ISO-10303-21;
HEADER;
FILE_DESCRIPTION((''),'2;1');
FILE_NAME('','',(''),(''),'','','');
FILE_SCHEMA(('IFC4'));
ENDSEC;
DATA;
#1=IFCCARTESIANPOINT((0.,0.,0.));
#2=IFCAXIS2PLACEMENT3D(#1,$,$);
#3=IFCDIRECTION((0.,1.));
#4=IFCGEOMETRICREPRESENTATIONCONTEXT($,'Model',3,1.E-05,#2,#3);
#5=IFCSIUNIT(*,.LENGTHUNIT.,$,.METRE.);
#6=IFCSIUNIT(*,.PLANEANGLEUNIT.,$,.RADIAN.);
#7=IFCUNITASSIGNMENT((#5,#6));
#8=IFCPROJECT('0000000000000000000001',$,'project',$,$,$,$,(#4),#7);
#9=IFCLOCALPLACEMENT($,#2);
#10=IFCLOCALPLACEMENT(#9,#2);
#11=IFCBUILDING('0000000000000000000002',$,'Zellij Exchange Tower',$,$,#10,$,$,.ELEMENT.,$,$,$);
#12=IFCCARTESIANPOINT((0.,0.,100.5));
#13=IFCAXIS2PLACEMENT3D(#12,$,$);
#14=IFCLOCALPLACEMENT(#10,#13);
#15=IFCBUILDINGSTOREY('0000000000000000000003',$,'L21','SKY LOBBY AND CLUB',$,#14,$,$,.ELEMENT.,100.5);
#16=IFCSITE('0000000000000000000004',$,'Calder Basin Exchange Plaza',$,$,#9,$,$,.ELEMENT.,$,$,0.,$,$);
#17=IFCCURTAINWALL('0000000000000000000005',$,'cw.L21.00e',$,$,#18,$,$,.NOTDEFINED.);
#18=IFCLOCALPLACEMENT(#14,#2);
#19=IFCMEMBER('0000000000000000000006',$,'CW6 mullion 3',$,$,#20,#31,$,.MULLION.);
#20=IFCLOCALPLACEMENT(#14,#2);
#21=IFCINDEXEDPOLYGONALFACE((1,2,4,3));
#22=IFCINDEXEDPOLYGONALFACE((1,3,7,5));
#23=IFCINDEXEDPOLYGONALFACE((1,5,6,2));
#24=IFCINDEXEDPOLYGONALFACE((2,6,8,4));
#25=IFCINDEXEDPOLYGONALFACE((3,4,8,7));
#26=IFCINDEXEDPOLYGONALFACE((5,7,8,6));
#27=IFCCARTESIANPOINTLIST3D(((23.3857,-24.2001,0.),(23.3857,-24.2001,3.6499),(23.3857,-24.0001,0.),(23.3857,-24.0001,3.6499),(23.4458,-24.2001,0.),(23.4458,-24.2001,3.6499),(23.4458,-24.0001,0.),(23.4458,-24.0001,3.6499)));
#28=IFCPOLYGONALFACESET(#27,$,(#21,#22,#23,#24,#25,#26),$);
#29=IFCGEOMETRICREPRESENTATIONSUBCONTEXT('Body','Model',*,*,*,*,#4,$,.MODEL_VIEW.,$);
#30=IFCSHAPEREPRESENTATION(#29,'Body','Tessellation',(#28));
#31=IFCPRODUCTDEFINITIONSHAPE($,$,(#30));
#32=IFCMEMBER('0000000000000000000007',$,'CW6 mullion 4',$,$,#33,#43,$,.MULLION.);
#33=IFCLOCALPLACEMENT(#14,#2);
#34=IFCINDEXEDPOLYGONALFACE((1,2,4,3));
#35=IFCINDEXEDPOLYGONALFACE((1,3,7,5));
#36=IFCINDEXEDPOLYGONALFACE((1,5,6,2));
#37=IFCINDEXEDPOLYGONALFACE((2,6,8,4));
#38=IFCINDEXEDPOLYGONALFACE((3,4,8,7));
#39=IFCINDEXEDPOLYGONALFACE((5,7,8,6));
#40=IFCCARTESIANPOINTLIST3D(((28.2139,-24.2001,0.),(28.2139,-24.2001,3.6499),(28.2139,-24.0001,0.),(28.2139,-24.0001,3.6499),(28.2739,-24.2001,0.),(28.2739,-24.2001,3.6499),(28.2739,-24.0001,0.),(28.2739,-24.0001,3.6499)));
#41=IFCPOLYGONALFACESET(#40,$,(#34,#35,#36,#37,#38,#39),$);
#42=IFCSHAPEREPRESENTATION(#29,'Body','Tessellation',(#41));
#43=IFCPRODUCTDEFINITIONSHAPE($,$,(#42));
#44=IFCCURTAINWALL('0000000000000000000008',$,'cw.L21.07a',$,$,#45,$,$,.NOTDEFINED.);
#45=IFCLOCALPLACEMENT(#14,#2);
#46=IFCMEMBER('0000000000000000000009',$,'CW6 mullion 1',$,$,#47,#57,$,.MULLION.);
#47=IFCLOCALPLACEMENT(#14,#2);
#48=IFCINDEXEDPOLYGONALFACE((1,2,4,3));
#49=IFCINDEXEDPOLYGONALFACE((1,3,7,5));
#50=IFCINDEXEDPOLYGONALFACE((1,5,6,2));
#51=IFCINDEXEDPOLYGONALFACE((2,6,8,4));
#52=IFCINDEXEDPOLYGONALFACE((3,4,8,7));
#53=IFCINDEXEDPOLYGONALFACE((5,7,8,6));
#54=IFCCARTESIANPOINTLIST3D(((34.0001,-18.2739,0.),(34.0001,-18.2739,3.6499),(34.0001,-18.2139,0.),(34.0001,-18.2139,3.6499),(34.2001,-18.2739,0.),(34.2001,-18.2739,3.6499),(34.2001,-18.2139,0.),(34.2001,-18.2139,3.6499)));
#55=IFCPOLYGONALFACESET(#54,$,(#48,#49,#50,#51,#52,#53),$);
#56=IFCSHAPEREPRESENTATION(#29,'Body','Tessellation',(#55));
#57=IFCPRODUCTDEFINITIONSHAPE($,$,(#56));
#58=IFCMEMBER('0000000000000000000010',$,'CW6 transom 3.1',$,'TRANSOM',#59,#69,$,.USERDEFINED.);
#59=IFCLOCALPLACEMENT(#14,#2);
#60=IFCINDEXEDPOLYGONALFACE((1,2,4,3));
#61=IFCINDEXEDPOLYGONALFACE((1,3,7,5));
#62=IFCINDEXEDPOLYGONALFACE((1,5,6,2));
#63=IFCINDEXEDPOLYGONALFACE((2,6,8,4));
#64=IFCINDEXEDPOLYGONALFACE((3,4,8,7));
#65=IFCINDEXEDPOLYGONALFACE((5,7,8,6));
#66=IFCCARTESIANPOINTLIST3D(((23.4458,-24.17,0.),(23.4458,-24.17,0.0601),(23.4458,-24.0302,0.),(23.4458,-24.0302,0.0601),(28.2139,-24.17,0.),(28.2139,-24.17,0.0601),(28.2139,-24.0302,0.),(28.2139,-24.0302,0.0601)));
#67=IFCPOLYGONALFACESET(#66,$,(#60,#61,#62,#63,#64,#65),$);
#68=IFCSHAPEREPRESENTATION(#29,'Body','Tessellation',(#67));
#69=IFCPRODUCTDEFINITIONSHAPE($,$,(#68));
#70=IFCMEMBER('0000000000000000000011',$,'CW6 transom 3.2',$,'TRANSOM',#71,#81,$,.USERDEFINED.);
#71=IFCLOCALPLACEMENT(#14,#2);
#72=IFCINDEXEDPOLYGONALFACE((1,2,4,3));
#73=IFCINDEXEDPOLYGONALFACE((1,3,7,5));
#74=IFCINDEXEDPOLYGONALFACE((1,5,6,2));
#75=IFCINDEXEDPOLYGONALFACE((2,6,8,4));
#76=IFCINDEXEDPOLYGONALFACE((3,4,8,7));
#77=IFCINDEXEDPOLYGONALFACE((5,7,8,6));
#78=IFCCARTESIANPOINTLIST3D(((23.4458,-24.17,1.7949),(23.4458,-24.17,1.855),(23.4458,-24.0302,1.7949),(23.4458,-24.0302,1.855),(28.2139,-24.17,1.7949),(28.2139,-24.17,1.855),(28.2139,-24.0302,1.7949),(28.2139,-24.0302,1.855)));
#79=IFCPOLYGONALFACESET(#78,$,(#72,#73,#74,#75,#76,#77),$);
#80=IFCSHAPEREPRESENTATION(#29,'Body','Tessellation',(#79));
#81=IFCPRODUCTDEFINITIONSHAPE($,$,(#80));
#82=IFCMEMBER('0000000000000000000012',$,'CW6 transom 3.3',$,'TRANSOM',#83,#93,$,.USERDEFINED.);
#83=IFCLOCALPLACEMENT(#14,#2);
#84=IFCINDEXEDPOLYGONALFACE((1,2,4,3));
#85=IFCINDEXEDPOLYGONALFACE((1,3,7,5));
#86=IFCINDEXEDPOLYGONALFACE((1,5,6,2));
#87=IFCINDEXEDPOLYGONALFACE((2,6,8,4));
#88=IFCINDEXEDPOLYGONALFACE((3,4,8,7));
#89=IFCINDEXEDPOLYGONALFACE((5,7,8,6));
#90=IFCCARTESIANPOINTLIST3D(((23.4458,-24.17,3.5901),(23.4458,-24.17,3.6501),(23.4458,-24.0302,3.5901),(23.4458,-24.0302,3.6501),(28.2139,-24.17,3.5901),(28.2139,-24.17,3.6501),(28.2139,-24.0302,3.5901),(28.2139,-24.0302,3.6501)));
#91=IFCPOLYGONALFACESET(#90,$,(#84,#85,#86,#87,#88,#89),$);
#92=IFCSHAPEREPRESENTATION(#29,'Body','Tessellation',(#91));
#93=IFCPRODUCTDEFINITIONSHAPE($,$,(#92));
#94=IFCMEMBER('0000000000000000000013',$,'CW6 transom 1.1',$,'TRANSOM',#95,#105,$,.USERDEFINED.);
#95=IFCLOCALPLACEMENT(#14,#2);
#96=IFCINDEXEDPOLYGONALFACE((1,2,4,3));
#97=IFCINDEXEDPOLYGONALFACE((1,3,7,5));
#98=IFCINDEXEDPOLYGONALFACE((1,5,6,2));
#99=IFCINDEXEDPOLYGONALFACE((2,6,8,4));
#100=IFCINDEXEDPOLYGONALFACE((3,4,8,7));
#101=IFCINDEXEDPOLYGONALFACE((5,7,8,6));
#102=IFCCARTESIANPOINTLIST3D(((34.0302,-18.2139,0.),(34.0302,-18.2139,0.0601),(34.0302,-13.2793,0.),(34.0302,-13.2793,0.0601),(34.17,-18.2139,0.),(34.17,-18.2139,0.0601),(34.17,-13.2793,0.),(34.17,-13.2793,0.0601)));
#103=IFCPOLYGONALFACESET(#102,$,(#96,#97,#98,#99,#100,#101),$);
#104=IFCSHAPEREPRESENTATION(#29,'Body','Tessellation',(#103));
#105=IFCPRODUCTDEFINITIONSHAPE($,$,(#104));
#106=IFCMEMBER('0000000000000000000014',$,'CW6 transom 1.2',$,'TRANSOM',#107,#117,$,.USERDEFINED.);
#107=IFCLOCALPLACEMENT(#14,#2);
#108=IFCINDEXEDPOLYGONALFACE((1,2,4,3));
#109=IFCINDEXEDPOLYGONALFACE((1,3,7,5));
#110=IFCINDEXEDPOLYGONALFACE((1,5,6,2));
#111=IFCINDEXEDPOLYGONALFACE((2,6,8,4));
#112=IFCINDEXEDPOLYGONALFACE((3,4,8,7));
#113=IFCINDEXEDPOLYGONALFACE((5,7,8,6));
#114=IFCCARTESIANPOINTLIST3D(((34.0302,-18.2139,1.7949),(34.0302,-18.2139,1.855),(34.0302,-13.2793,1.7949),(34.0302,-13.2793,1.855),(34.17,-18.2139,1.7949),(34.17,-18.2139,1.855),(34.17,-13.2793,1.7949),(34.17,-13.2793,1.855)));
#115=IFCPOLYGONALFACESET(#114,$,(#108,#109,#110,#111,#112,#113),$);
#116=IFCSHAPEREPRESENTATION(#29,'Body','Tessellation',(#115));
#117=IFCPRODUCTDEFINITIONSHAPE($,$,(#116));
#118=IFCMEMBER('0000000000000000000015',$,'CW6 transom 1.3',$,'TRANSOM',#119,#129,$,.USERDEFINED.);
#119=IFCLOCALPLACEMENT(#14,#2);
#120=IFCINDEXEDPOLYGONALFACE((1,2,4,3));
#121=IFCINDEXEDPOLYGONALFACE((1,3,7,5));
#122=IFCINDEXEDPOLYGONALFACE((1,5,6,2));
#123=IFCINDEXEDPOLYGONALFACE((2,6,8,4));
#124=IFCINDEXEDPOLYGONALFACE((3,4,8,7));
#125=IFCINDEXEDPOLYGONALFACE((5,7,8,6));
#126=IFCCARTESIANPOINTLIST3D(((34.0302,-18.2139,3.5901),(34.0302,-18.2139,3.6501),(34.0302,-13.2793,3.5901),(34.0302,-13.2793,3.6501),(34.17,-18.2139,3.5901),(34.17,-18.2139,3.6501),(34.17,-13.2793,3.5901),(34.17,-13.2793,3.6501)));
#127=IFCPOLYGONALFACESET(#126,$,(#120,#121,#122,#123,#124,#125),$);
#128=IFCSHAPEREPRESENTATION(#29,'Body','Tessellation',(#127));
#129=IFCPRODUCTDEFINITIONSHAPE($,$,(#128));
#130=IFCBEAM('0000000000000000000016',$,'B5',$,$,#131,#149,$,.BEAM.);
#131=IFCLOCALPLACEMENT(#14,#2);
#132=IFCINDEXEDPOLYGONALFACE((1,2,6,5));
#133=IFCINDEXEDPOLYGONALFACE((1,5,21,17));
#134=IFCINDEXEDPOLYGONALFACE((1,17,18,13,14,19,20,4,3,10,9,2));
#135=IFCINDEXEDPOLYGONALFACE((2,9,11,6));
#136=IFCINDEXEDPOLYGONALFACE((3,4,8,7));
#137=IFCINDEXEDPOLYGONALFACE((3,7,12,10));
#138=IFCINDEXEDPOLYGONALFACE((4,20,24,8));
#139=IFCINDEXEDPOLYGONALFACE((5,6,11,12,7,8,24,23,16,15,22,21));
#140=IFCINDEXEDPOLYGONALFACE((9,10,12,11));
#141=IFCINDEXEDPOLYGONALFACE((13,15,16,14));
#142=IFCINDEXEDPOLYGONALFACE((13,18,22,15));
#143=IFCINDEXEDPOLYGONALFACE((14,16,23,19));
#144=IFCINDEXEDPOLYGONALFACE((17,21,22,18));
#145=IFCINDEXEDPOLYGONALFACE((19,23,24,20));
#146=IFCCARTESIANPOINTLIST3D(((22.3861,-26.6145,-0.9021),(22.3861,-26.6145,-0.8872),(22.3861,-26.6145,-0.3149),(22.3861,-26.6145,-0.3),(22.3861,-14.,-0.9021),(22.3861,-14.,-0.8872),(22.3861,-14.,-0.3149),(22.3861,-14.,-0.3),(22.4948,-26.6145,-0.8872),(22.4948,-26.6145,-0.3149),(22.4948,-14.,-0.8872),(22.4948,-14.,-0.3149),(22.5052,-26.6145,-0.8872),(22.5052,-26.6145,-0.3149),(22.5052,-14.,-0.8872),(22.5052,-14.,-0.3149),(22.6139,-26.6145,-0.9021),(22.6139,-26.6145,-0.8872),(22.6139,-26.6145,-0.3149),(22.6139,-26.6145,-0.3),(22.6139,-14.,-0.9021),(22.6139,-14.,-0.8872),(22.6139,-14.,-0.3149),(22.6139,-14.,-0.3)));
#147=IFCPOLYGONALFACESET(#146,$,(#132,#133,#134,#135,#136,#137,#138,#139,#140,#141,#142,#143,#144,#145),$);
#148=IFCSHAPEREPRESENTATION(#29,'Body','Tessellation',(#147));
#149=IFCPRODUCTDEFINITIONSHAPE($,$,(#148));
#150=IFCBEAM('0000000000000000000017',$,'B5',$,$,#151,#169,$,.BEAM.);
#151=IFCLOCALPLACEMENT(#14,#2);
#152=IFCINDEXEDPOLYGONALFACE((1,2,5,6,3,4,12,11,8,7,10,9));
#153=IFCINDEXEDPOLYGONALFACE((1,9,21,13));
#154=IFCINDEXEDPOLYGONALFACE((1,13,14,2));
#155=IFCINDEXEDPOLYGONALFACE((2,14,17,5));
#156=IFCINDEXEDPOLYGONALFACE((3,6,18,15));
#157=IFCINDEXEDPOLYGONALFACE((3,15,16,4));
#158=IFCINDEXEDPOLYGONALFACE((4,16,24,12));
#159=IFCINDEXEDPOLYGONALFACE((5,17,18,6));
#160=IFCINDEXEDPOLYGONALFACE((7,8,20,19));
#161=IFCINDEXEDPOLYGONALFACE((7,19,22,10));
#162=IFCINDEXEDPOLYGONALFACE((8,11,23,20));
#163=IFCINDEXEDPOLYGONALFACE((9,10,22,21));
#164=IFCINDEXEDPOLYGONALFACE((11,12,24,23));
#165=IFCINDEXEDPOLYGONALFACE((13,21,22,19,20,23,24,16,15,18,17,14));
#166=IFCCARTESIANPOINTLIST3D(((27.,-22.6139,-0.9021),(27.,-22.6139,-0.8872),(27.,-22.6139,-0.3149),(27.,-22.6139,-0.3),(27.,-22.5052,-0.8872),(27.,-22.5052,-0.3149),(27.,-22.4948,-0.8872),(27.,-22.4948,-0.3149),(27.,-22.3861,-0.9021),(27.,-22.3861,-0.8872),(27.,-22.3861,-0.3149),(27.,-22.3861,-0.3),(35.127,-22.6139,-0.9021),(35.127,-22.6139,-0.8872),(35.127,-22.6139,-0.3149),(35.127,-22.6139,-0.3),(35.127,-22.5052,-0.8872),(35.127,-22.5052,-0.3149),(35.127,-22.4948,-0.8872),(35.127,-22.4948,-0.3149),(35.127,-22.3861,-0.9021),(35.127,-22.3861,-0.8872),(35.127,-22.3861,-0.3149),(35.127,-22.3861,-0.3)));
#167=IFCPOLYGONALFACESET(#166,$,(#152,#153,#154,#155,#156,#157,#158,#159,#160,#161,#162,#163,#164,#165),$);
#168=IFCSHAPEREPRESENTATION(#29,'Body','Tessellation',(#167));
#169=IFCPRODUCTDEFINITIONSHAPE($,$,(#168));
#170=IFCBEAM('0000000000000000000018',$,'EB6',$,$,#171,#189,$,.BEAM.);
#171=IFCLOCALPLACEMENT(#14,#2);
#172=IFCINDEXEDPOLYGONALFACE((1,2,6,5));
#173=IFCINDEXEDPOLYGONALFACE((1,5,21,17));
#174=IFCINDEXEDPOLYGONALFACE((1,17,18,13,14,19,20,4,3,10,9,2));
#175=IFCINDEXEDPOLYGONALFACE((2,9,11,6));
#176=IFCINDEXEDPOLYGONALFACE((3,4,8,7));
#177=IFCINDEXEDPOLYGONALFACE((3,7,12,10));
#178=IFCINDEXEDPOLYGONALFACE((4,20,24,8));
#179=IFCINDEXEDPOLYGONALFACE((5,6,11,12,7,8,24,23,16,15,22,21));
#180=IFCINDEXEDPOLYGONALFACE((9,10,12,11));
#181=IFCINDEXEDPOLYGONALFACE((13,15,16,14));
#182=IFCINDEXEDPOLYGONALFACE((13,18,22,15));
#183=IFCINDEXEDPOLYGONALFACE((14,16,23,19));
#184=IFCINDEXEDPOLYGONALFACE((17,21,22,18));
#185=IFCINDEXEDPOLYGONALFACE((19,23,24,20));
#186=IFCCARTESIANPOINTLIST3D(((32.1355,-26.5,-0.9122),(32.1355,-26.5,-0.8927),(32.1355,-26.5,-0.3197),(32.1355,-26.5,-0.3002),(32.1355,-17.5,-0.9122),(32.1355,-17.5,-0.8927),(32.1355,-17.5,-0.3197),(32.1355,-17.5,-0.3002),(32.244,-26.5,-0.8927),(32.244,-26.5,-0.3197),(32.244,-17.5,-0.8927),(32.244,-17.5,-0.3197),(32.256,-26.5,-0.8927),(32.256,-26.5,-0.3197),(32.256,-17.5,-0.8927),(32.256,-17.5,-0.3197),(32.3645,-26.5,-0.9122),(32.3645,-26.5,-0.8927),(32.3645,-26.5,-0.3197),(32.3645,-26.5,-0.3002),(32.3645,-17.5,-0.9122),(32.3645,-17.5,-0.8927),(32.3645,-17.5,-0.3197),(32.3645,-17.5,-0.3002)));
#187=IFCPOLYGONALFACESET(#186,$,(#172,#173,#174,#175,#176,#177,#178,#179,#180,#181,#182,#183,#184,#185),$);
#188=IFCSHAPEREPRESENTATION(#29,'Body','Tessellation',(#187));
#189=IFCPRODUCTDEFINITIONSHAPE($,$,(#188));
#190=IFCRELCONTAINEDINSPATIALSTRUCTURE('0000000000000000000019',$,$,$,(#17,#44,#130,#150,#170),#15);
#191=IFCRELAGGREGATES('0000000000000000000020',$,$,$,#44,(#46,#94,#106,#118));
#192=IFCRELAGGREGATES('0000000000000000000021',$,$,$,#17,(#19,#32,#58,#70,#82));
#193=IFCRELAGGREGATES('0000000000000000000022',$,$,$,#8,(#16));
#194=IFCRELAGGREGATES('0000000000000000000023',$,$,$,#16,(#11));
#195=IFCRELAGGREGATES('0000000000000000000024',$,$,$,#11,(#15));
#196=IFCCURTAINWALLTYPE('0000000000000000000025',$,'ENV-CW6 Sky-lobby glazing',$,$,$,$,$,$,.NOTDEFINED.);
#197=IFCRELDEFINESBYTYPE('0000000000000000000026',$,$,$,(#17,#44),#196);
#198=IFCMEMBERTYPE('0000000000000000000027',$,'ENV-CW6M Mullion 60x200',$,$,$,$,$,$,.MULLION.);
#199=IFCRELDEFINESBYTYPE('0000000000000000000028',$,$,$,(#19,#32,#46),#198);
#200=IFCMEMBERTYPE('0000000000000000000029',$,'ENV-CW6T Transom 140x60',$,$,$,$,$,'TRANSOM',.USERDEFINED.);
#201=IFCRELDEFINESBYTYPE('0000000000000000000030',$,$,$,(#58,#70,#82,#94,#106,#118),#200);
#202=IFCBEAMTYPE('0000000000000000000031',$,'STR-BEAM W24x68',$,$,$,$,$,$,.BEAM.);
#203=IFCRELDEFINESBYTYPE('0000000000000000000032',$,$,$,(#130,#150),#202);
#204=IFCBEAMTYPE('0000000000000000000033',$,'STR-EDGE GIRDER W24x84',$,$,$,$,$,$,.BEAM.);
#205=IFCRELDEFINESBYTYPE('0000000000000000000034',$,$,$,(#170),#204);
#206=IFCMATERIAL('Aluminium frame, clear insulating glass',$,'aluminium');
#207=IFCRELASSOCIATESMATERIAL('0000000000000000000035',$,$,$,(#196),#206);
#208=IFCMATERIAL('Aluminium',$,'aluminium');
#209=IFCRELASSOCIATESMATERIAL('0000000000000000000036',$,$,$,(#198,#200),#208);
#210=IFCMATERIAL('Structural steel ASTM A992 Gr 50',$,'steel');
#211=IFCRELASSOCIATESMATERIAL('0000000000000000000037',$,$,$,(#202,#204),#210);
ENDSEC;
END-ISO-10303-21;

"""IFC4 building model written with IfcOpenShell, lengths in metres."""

from ifc_helpers import new_model, si_unit, direction, frame, origin, origin_2d, place, context, subcontext, project, spatial, rectangle, i_section, extrude, material, material_profile, profile_set, type_object, element, aggregate, save


model = new_model("IFC4")

# Units and contexts
model_context = context("Model", 3, precision=1e-05, world=origin(), true_north=direction((0.0, 1.0)))
body_context = subcontext(model_context, "Body", "Model", "MODEL_VIEW")
ifc_project = project(units=[si_unit("LENGTHUNIT", "METRE"), si_unit("PLANEANGLEUNIT", "RADIAN")], contexts=[model_context])

# Site, building, storey
site_placement = place(None, origin())
site = spatial("IfcSite", under=ifc_project, at=site_placement, Name="Calder Basin Exchange Plaza", CompositionType="ELEMENT", RefElevation=0.0)
building_placement = place(site_placement, origin())
building = spatial("IfcBuilding", under=site, at=building_placement, Name="Zellij Exchange Tower", CompositionType="ELEMENT")
storey_placement = place(building_placement, frame((0.0, 0.0, 100.5)))
storey = spatial("IfcBuildingStorey", under=building, at=storey_placement, Name="L21", Description="SKY LOBBY AND CLUB", CompositionType="ELEMENT", Elevation=100.5)

# Curtain wall, members
ifc_material_1 = material(Name="Aluminium frame, clear insulating glass", Category="aluminium")
curtain_wall_type = type_object("IfcCurtainWallType", Name="ENV-CW6 Sky-lobby glazing", PredefinedType="NOTDEFINED", material=ifc_material_1)
curtain_wall_1_placement = place(storey_placement, origin())
curtain_wall_1 = element("IfcCurtainWall", 1, at=curtain_wall_1_placement, inside=storey, type_object=curtain_wall_type, Name="cw.L21.00e", PredefinedType="NOTDEFINED")
ifc_material_2 = material(Name="Aluminium", Category="aluminium")
ifc_material_profile_1 = material_profile(ifc_material_2, rectangle(XDim=0.0601, YDim=0.2, at=origin_2d()), Name="AL 60x200")
ifc_profile_set_1 = profile_set([ifc_material_profile_1], Name="Aluminium")
member_type_1 = type_object("IfcMemberType", Name="ENV-CW6M Mullion 60x200", PredefinedType="MULLION", material=ifc_profile_set_1)
member_1_placement = place(storey_placement, frame((23.4158, -24.1001, 0.0), z_axis=(0.0, 0.0, 1.0), x_axis=(1.0, 0.0, 0.0)))
member_1 = element("IfcMember", 2, at=member_1_placement, type_object=member_type_1, Name="CW6 mullion 3", PredefinedType="MULLION", context=body_context, shape_type="SweptSolid", body=[
    extrude(rectangle(XDim=0.0601, YDim=0.2, at=origin_2d()), origin(), (0.0, 0.0, 1.0), 3.6499),
])
member_2_placement = place(storey_placement, frame((28.2439, -24.1001, 0.0), z_axis=(0.0, 0.0, 1.0), x_axis=(1.0, 0.0, 0.0)))
member_2 = element("IfcMember", 3, at=member_2_placement, type_object=member_type_1, Name="CW6 mullion 4", PredefinedType="MULLION", context=body_context, shape_type="SweptSolid", body=[
    extrude(rectangle(XDim=0.0601, YDim=0.2, at=origin_2d()), origin(), (0.0, 0.0, 1.0), 3.6499),
])

# Curtain wall, member
curtain_wall_2_placement = place(storey_placement, origin())
curtain_wall_2 = element("IfcCurtainWall", 4, at=curtain_wall_2_placement, inside=storey, type_object=curtain_wall_type, Name="cw.L21.07a", PredefinedType="NOTDEFINED")
member_3_placement = place(storey_placement, frame((34.1001, -18.2439, 0.0), z_axis=(0.0, 0.0, 1.0), x_axis=(0.0, 1.0, 0.0)))
member_3 = element("IfcMember", 5, at=member_3_placement, type_object=member_type_1, Name="CW6 mullion 1", PredefinedType="MULLION", context=body_context, shape_type="SweptSolid", body=[
    extrude(rectangle(XDim=0.0601, YDim=0.2, at=origin_2d()), origin(), (0.0, 0.0, 1.0), 3.6499),
])

# Members
ifc_material_profile_2 = material_profile(ifc_material_2, rectangle(XDim=0.1399, YDim=0.0601, at=origin_2d()), Name="AL 140x60")
ifc_profile_set_2 = profile_set([ifc_material_profile_2], Name="Aluminium")
member_type_2 = type_object("IfcMemberType", Name="ENV-CW6T Transom 140x60", ElementType="TRANSOM", PredefinedType="USERDEFINED", material=ifc_profile_set_2)
member_4_placement = place(storey_placement, frame((23.4458, -24.1001, 0.03), z_axis=(1.0, 0.0, 0.0), x_axis=(0.0, 1.0, 0.0)))
member_4 = element("IfcMember", 6, at=member_4_placement, type_object=member_type_2, Name="CW6 transom 3.1", ObjectType="TRANSOM", PredefinedType="USERDEFINED", context=body_context, shape_type="SweptSolid", body=[
    extrude(rectangle(XDim=0.1399, YDim=0.0601, at=origin_2d()), origin(), (0.0, 0.0, 1.0), 4.7681),
])
member_5_placement = place(storey_placement, frame((23.4458, -24.1001, 1.825), z_axis=(1.0, 0.0, 0.0), x_axis=(0.0, 1.0, 0.0)))
member_5 = element("IfcMember", 7, at=member_5_placement, type_object=member_type_2, Name="CW6 transom 3.2", ObjectType="TRANSOM", PredefinedType="USERDEFINED", context=body_context, shape_type="SweptSolid", body=[
    extrude(rectangle(XDim=0.1399, YDim=0.0601, at=origin_2d()), origin(), (0.0, 0.0, 1.0), 4.7681),
])
member_6_placement = place(storey_placement, frame((23.4458, -24.1001, 3.6201), z_axis=(1.0, 0.0, 0.0), x_axis=(0.0, 1.0, 0.0)))
member_6 = element("IfcMember", 8, at=member_6_placement, type_object=member_type_2, Name="CW6 transom 3.3", ObjectType="TRANSOM", PredefinedType="USERDEFINED", context=body_context, shape_type="SweptSolid", body=[
    extrude(rectangle(XDim=0.1399, YDim=0.0601, at=origin_2d()), origin(), (0.0, 0.0, 1.0), 4.7681),
])
member_7_placement = place(storey_placement, frame((34.1001, -18.2139, 0.03), z_axis=(0.0, 1.0, 0.0), x_axis=(-1.0, 0.0, 0.0)))
member_7 = element("IfcMember", 9, at=member_7_placement, type_object=member_type_2, Name="CW6 transom 1.1", ObjectType="TRANSOM", PredefinedType="USERDEFINED", context=body_context, shape_type="SweptSolid", body=[
    extrude(rectangle(XDim=0.1399, YDim=0.0601, at=origin_2d()), origin(), (0.0, 0.0, 1.0), 4.9346),
])
member_8_placement = place(storey_placement, frame((34.1001, -18.2139, 1.825), z_axis=(0.0, 1.0, 0.0), x_axis=(-1.0, 0.0, 0.0)))
member_8 = element("IfcMember", 10, at=member_8_placement, type_object=member_type_2, Name="CW6 transom 1.2", ObjectType="TRANSOM", PredefinedType="USERDEFINED", context=body_context, shape_type="SweptSolid", body=[
    extrude(rectangle(XDim=0.1399, YDim=0.0601, at=origin_2d()), origin(), (0.0, 0.0, 1.0), 4.9346),
])
member_9_placement = place(storey_placement, frame((34.1001, -18.2139, 3.6201), z_axis=(0.0, 1.0, 0.0), x_axis=(-1.0, 0.0, 0.0)))
member_9 = element("IfcMember", 11, at=member_9_placement, type_object=member_type_2, Name="CW6 transom 1.3", ObjectType="TRANSOM", PredefinedType="USERDEFINED", context=body_context, shape_type="SweptSolid", body=[
    extrude(rectangle(XDim=0.1399, YDim=0.0601, at=origin_2d()), origin(), (0.0, 0.0, 1.0), 4.9346),
])
aggregate(curtain_wall_2, [member_3, member_7, member_8, member_9])

# Beams
ifc_material_3 = material(Name="Structural steel ASTM A992 Gr 50", Category="steel")
ifc_material_profile_3 = material_profile(ifc_material_3, i_section(OverallWidth=0.2278, OverallDepth=0.6021, WebThickness=0.0105, FlangeThickness=0.0149, at=origin_2d()), Name="W24x68")
ifc_profile_set_3 = profile_set([ifc_material_profile_3], Name="Structural steel ASTM A992 Gr 50")
beam_type_1 = type_object("IfcBeamType", Name="STR-BEAM W24x68", PredefinedType="BEAM", material=ifc_profile_set_3)
beam_1_placement = place(storey_placement, frame((22.5, -26.6145, -0.6011), z_axis=(0.0, 1.0, 0.0), x_axis=(-1.0, 0.0, 0.0)))
element("IfcBeam", 12, at=beam_1_placement, inside=storey, type_object=beam_type_1, Name="B5", PredefinedType="BEAM", context=body_context, shape_type="SweptSolid", body=[
    extrude(i_section(OverallWidth=0.2278, OverallDepth=0.6021, WebThickness=0.0105, FlangeThickness=0.0149, at=origin_2d()), origin(), (0.0, 0.0, 1.0), 12.6145),
])
beam_2_placement = place(storey_placement, frame((27.0, -22.5, -0.6011), z_axis=(1.0, 0.0, 0.0), x_axis=(0.0, 1.0, 0.0)))
element("IfcBeam", 13, at=beam_2_placement, inside=storey, type_object=beam_type_1, Name="B5", PredefinedType="BEAM", context=body_context, shape_type="SweptSolid", body=[
    extrude(i_section(OverallWidth=0.2278, OverallDepth=0.6021, WebThickness=0.0105, FlangeThickness=0.0149, at=origin_2d()), origin(), (0.0, 0.0, 1.0), 8.127),
])
ifc_material_profile_4 = material_profile(ifc_material_3, i_section(OverallWidth=0.229, OverallDepth=0.6121, WebThickness=0.012, FlangeThickness=0.0195, at=origin_2d()), Name="W24x84")
ifc_profile_set_4 = profile_set([ifc_material_profile_4], Name="Structural steel ASTM A992 Gr 50")
beam_type_2 = type_object("IfcBeamType", Name="STR-EDGE GIRDER W24x84", PredefinedType="BEAM", material=ifc_profile_set_4)
beam_3_placement = place(storey_placement, frame((32.25, -26.5, -0.6062), z_axis=(0.0, 1.0, 0.0), x_axis=(-1.0, 0.0, 0.0)))
element("IfcBeam", 14, at=beam_3_placement, inside=storey, type_object=beam_type_2, Name="EB6", PredefinedType="BEAM", context=body_context, shape_type="SweptSolid", body=[
    extrude(i_section(OverallWidth=0.229, OverallDepth=0.6121, WebThickness=0.012, FlangeThickness=0.0195, at=origin_2d()), origin(), (0.0, 0.0, 1.0), 9.0),
])

aggregate(curtain_wall_1, [member_1, member_2, member_4, member_5, member_6])

save(model, "model.ifc")
